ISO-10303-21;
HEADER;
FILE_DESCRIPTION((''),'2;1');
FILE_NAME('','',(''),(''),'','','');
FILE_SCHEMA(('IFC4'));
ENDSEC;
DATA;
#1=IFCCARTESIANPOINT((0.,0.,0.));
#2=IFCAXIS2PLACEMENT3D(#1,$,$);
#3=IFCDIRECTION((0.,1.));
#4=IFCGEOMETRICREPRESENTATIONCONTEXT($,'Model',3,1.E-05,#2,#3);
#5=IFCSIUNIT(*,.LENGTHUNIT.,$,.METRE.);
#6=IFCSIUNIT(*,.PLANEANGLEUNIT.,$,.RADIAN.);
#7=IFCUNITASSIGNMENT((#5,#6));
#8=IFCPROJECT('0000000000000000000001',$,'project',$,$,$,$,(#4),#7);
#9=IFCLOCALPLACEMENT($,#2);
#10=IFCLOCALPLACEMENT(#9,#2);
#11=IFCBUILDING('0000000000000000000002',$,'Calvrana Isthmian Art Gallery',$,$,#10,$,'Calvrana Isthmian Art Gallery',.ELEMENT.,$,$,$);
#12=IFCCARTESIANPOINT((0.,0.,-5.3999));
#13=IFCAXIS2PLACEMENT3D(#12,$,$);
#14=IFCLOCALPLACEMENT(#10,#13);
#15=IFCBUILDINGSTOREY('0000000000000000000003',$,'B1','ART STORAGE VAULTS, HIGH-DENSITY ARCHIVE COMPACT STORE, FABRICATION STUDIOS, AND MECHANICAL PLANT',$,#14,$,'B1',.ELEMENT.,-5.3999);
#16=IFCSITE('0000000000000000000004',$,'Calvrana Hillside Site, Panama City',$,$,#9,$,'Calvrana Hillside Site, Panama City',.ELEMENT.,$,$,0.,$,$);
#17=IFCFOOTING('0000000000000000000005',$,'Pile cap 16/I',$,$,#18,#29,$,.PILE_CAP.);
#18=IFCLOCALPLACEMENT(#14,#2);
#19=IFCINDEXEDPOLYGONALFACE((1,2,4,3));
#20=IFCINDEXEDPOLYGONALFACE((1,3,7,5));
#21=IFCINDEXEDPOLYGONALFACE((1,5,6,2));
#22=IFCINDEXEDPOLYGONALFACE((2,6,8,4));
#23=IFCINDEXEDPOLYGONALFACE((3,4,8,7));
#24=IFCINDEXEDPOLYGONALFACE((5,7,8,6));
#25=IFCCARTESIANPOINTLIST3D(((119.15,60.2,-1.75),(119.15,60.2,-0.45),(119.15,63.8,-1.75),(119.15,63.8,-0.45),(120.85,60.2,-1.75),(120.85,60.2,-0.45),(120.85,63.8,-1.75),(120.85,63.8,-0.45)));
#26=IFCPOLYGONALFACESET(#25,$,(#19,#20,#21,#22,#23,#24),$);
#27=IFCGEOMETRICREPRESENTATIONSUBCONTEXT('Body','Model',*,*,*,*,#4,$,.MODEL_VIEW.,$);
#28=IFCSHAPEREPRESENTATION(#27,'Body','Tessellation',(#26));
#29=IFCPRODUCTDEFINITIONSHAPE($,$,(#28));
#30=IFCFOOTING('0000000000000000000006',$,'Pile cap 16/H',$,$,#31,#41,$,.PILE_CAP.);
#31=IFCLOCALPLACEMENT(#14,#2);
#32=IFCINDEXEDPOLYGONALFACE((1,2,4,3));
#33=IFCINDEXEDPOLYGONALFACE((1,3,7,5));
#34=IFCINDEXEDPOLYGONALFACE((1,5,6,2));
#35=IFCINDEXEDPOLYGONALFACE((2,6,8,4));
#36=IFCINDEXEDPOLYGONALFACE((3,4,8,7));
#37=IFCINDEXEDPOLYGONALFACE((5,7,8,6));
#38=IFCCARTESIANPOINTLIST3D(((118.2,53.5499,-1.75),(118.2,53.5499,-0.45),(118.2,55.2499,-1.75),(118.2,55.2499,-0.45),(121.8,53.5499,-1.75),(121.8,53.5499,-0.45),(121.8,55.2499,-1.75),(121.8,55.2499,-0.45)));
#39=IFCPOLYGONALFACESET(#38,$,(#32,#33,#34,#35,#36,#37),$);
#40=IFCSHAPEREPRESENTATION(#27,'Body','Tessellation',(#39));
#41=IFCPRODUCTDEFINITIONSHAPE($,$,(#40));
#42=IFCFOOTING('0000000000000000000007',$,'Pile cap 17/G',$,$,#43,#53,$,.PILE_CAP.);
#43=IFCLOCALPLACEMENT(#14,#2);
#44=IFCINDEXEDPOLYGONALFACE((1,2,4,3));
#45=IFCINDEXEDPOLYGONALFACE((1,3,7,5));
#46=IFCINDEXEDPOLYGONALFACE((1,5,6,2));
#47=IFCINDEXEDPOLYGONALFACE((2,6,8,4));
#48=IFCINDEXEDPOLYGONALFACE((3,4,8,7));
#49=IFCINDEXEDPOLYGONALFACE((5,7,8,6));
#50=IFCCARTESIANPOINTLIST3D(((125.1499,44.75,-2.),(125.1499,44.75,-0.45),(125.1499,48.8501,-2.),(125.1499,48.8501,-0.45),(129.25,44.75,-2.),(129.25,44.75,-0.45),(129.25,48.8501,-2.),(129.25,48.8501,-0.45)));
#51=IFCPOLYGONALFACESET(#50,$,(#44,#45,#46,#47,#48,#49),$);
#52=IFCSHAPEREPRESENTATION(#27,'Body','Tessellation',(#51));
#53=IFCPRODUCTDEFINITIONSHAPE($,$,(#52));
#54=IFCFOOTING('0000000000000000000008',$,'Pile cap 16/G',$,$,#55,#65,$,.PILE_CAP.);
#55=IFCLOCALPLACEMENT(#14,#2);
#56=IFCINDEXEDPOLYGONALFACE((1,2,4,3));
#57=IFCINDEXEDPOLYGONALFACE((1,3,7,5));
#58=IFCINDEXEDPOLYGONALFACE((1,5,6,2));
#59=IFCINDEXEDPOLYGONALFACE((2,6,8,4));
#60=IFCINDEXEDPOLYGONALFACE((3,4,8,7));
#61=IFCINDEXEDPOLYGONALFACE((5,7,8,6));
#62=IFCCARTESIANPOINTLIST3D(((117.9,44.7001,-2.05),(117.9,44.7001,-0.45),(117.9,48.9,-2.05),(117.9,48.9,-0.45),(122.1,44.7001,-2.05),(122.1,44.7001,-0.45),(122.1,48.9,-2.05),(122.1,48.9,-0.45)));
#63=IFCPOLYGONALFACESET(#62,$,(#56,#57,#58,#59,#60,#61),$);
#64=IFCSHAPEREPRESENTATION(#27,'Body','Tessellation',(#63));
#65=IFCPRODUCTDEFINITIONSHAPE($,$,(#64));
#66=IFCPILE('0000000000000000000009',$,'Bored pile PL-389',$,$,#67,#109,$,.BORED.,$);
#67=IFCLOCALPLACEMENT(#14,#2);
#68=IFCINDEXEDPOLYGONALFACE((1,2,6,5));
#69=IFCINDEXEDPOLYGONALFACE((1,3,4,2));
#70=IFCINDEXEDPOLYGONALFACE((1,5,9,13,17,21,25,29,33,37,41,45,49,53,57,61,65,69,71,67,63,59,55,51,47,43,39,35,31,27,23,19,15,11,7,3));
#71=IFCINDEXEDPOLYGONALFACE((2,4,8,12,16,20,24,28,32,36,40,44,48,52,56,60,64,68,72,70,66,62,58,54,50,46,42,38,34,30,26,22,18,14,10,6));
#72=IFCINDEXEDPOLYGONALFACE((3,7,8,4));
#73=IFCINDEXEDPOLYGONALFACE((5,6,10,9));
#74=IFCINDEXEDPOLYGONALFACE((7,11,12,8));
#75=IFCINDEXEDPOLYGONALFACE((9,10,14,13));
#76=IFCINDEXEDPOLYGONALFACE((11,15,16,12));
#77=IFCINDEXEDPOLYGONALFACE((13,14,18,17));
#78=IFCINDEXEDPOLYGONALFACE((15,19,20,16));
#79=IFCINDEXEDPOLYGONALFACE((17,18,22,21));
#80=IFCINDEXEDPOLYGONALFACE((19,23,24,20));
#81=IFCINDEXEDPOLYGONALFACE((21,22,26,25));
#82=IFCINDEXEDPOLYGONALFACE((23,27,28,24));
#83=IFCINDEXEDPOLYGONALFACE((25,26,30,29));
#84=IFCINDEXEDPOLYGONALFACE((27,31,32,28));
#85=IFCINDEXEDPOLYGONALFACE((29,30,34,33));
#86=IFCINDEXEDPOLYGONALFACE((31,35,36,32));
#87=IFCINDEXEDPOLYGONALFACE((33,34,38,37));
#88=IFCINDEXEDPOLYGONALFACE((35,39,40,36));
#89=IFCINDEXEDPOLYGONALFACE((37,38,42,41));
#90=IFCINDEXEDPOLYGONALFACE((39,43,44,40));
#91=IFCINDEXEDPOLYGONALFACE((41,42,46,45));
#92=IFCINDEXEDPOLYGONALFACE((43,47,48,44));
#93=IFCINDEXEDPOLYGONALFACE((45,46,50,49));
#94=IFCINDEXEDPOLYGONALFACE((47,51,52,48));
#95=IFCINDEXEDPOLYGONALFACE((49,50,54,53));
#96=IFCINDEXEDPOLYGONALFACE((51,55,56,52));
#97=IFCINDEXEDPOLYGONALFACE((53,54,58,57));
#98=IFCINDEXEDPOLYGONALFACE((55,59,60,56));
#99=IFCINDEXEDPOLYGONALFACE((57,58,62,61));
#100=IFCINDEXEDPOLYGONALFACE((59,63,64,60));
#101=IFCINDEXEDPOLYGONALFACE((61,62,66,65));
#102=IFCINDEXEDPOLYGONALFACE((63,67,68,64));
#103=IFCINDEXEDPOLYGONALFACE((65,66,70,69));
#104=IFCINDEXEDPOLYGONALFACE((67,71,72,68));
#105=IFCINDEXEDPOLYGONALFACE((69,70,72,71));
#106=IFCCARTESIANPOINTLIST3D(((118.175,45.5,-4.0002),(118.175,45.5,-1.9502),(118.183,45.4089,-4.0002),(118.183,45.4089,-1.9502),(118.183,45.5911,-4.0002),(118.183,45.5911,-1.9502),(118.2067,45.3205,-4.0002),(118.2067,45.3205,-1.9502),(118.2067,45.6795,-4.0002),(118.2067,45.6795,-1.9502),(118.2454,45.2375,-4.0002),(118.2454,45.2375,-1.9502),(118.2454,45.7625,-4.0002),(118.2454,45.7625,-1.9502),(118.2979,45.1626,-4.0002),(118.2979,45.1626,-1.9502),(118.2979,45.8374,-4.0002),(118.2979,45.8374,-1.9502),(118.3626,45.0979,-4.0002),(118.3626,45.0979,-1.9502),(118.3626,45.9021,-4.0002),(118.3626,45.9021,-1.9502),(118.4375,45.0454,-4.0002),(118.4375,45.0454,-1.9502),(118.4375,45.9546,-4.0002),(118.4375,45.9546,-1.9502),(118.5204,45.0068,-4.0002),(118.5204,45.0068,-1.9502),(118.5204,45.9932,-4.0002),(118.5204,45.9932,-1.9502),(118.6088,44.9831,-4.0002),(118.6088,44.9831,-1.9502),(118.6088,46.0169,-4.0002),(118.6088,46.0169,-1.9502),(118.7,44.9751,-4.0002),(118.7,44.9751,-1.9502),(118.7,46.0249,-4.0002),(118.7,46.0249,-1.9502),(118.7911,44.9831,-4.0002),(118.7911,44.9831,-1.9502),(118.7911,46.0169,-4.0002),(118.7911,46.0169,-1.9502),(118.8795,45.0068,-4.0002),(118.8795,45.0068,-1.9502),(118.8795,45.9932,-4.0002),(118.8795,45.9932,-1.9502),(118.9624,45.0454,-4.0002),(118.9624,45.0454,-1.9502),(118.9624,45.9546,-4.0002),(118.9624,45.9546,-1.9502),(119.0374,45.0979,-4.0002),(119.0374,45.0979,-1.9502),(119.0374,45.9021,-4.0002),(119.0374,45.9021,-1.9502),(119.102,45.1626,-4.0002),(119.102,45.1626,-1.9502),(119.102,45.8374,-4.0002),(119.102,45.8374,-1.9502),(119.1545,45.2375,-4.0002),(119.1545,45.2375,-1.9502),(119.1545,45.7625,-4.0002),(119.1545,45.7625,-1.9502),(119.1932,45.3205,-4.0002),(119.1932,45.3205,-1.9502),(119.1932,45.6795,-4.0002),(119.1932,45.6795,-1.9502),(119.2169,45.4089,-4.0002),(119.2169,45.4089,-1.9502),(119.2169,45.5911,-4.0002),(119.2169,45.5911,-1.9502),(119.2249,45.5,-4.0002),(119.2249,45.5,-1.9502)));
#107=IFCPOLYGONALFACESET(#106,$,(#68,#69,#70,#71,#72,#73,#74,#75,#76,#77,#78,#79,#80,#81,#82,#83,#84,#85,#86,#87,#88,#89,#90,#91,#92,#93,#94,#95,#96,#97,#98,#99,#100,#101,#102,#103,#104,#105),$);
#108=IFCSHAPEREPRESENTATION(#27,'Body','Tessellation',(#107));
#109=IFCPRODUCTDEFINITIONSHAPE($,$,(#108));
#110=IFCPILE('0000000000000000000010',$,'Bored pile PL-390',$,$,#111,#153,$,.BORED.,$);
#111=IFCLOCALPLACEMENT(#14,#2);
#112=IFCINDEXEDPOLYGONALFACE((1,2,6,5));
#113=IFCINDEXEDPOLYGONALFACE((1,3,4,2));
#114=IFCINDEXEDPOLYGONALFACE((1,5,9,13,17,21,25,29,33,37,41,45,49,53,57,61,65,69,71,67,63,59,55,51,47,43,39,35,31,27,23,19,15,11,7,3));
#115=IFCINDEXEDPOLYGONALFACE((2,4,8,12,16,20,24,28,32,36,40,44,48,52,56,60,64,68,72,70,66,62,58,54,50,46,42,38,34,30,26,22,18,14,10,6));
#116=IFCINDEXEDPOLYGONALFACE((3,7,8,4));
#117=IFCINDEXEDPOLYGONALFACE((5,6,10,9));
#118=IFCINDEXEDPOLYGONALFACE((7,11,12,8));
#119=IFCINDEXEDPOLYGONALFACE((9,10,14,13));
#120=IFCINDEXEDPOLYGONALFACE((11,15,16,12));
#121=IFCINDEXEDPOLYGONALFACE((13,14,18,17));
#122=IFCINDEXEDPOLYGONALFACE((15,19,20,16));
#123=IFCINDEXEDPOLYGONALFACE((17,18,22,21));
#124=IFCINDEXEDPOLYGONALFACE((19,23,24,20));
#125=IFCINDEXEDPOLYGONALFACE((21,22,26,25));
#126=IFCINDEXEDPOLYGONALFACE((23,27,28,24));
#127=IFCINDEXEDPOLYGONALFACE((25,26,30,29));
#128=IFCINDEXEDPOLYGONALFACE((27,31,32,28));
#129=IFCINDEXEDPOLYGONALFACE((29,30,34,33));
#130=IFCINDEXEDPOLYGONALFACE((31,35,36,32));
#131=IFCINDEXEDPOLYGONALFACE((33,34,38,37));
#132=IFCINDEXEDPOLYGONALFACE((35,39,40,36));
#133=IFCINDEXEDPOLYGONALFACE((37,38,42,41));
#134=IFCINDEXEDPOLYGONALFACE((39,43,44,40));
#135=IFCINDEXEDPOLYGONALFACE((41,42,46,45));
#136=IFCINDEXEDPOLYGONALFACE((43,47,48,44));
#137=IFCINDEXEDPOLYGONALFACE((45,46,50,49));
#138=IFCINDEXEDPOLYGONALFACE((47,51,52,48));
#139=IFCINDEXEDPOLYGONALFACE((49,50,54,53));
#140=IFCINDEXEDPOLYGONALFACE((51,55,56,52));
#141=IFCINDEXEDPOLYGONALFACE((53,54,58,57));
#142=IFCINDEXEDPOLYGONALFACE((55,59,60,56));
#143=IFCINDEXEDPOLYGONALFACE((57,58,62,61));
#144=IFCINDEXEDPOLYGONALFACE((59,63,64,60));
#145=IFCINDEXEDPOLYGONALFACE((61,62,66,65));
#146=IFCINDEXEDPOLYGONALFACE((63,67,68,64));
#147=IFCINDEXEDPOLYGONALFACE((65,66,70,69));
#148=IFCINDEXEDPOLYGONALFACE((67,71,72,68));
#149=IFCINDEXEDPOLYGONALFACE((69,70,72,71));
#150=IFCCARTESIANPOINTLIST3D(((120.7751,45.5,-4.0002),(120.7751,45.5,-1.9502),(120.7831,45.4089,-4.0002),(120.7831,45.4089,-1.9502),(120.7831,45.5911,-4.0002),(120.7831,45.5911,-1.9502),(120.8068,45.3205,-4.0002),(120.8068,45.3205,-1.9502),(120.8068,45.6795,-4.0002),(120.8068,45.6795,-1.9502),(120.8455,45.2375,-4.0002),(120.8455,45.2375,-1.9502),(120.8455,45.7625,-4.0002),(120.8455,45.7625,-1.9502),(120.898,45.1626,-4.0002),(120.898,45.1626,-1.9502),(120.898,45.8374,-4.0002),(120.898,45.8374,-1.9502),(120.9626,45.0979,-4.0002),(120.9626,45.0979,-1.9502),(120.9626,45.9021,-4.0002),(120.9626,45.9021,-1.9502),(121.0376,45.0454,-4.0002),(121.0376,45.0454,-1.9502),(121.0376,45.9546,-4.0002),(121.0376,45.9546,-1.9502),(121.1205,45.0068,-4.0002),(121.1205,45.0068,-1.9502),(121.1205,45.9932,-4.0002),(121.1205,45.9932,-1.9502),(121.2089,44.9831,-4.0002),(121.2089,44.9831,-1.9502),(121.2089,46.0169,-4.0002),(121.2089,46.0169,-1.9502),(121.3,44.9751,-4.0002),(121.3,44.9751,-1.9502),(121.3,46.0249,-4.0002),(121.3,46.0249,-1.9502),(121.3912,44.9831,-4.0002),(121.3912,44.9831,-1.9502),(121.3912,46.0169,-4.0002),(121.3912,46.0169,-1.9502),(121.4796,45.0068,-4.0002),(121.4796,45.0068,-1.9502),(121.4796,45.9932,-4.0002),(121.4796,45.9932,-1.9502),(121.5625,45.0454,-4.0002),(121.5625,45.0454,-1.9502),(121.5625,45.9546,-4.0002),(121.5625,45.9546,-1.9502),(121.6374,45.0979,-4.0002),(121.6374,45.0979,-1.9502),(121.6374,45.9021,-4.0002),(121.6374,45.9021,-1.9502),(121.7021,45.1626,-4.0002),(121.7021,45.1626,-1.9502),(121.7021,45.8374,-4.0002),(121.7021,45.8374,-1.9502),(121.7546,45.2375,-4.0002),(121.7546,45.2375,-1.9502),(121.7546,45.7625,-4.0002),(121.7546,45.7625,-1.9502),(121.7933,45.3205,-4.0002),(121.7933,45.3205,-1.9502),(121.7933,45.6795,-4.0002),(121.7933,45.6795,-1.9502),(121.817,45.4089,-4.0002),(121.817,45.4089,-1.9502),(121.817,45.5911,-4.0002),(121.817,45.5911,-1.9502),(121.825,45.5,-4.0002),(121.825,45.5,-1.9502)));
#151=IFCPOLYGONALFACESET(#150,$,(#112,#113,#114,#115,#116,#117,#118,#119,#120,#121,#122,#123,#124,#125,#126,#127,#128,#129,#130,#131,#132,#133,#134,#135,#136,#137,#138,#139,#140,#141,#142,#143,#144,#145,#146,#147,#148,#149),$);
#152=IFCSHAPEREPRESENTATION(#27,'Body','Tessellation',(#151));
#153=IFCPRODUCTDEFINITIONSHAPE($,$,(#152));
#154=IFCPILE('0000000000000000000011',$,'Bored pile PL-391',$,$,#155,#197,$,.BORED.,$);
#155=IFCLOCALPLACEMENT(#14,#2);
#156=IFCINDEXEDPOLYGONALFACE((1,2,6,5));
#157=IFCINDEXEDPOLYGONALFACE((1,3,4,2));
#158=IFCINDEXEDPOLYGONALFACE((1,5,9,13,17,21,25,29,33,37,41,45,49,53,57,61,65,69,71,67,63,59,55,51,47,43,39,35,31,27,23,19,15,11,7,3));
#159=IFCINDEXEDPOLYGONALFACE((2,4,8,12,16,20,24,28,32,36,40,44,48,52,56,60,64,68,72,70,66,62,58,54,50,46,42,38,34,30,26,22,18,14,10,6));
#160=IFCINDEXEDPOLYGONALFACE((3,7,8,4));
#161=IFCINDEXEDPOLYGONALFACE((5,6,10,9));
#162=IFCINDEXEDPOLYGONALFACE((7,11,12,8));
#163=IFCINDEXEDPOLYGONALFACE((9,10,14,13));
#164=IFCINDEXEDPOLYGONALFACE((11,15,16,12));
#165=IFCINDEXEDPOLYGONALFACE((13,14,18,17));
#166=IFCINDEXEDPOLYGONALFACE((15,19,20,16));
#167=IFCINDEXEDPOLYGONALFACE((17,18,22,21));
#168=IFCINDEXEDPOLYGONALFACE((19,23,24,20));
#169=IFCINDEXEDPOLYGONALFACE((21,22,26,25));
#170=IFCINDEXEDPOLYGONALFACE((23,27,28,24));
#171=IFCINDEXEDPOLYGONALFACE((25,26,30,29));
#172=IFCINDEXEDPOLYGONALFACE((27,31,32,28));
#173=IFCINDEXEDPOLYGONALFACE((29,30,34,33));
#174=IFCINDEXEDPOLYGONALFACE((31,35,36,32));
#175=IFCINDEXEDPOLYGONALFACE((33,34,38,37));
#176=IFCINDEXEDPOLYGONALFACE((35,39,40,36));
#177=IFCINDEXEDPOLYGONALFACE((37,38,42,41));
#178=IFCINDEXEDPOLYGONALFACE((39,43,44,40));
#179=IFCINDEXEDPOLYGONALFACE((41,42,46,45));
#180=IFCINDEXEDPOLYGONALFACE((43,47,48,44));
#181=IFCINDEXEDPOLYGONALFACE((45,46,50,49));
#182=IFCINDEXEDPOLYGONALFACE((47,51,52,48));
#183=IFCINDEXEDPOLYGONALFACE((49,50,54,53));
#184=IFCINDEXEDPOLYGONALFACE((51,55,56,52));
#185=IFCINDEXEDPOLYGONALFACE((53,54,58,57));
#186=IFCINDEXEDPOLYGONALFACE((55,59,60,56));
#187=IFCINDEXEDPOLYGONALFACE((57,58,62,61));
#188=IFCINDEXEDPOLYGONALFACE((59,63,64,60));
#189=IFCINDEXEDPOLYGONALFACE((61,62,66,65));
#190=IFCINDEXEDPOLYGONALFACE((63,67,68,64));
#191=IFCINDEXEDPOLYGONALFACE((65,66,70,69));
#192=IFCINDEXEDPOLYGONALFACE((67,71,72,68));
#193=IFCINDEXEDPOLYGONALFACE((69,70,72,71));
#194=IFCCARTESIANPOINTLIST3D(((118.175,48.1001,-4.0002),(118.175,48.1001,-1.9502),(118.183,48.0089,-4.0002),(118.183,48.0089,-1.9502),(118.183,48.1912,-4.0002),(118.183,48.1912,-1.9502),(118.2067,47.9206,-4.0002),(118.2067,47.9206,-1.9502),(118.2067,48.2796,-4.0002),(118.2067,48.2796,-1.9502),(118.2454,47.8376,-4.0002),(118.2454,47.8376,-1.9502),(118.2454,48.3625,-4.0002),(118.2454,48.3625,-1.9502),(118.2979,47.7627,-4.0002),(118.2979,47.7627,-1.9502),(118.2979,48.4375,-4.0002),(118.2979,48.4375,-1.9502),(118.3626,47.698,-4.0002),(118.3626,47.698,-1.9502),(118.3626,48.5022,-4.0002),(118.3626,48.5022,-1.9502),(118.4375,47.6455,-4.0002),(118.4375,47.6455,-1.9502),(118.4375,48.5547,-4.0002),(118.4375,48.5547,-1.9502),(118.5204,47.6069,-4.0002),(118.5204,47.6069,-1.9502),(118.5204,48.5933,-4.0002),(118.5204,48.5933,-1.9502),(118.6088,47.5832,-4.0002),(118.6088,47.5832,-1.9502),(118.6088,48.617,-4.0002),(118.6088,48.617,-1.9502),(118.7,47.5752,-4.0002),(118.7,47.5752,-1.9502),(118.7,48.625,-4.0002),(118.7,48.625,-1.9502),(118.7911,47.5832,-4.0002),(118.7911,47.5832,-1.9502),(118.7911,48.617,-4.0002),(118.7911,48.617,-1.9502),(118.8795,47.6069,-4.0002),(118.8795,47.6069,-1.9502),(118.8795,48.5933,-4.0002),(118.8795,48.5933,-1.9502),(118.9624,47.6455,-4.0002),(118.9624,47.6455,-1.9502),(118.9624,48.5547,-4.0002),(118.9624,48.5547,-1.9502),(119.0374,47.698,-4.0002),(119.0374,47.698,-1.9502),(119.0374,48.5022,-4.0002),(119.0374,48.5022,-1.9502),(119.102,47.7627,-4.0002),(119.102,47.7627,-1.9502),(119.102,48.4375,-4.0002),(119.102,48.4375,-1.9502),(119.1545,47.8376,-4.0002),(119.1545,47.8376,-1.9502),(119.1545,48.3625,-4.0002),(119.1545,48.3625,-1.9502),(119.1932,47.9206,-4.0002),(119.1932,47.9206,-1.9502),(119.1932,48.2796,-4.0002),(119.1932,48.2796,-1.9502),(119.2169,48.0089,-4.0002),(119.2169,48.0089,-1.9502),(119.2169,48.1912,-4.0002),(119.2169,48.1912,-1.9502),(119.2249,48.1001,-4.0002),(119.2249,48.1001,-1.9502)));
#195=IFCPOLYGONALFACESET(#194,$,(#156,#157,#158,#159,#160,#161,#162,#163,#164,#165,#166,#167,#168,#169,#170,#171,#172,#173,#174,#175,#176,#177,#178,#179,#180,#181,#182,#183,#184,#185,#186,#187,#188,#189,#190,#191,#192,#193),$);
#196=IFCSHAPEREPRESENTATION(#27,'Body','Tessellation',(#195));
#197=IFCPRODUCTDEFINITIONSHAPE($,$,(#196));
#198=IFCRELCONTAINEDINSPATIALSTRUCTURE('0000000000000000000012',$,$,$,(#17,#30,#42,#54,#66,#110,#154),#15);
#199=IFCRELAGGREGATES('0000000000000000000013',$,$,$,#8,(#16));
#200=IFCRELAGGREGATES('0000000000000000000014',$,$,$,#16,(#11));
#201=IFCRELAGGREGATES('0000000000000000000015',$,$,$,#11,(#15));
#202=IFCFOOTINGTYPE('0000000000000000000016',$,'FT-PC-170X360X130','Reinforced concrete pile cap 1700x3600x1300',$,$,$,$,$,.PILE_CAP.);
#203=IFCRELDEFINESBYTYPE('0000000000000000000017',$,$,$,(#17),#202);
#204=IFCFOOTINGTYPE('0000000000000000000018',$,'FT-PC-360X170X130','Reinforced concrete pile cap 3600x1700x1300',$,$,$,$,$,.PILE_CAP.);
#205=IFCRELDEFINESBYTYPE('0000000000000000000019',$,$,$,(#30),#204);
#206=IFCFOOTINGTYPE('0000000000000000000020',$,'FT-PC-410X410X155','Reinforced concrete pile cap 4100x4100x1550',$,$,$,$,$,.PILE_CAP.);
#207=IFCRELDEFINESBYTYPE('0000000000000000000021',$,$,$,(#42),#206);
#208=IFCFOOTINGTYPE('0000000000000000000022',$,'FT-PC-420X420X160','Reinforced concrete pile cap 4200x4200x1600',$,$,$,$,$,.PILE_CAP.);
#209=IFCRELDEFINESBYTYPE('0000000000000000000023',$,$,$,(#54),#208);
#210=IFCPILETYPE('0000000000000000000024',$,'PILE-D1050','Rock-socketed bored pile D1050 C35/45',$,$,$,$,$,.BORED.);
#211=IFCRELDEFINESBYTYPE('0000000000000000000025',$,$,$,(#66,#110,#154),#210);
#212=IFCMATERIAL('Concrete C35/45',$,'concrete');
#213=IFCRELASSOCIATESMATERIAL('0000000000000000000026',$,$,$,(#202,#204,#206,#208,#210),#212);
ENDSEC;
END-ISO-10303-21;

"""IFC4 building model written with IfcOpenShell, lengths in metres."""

from ifc_helpers import new_model, si_unit, direction, frame, origin, origin_2d, place, context, subcontext, project, spatial, rectangle, circle, extrude, material, material_profile, profile_set, type_object, element, save


model = new_model("IFC4")

# Units and contexts
model_context = context("Model", 3, precision=1e-05, world=origin(), true_north=direction((0.0, 1.0)))
body_context = subcontext(model_context, "Body", "Model", "MODEL_VIEW")
ifc_project = project(units=[si_unit("LENGTHUNIT", "METRE"), si_unit("PLANEANGLEUNIT", "RADIAN")], contexts=[model_context])

# Site, building, storey
site_placement = place(None, origin())
site = spatial("IfcSite", under=ifc_project, at=site_placement, Name="Calvrana Hillside Site, Panama City", LongName="Calvrana Hillside Site, Panama City", CompositionType="ELEMENT", RefElevation=0.0)
building_placement = place(site_placement, origin())
building = spatial("IfcBuilding", under=site, at=building_placement, Name="Calvrana Isthmian Art Gallery", LongName="Calvrana Isthmian Art Gallery", CompositionType="ELEMENT")
storey_placement = place(building_placement, frame((0.0, 0.0, -5.3999)))
storey = spatial("IfcBuildingStorey", under=building, at=storey_placement, Name="B1", Description="ART STORAGE VAULTS, HIGH-DENSITY ARCHIVE COMPACT STORE, FABRICATION STUDIOS, AND MECHANICAL PLANT", LongName="B1", CompositionType="ELEMENT", Elevation=-5.3999)

# Footings
ifc_material_1 = material(Name="Concrete C35/45", Category="concrete")
footing_type_1 = type_object("IfcFootingType", Name="FT-PC-170X360X130", Description="Reinforced concrete pile cap 1700x3600x1300", PredefinedType="PILE_CAP", material=ifc_material_1)
footing_1_placement = place(storey_placement, frame((120.0, 62.0, -1.75), z_axis=(0.0, 0.0, 1.0), x_axis=(1.0, 0.0, 0.0)))
element("IfcFooting", 1, at=footing_1_placement, inside=storey, type_object=footing_type_1, Name="Pile cap 16/I", PredefinedType="PILE_CAP", context=body_context, shape_type="SweptSolid", body=[
    extrude(rectangle(XDim=1.7, YDim=3.6001, at=origin_2d()), origin(), (0.0, 0.0, 1.0), 1.3),
])
footing_type_2 = type_object("IfcFootingType", Name="FT-PC-360X170X130", Description="Reinforced concrete pile cap 3600x1700x1300", PredefinedType="PILE_CAP", material=ifc_material_1)
footing_2_placement = place(storey_placement, frame((120.0, 54.3999, -1.75), z_axis=(0.0, 0.0, 1.0), x_axis=(1.0, 0.0, 0.0)))
element("IfcFooting", 2, at=footing_2_placement, inside=storey, type_object=footing_type_2, Name="Pile cap 16/H", PredefinedType="PILE_CAP", context=body_context, shape_type="SweptSolid", body=[
    extrude(rectangle(XDim=3.6001, YDim=1.7, at=origin_2d()), origin(), (0.0, 0.0, 1.0), 1.3),
])
footing_type_3 = type_object("IfcFootingType", Name="FT-PC-410X410X155", Description="Reinforced concrete pile cap 4100x4100x1550", PredefinedType="PILE_CAP", material=ifc_material_1)
footing_3_placement = place(storey_placement, frame((127.2, 46.8, -2.0), z_axis=(0.0, 0.0, 1.0), x_axis=(1.0, 0.0, 0.0)))
element("IfcFooting", 3, at=footing_3_placement, inside=storey, type_object=footing_type_3, Name="Pile cap 17/G", PredefinedType="PILE_CAP", context=body_context, shape_type="SweptSolid", body=[
    extrude(rectangle(XDim=4.1001, YDim=4.1001, at=origin_2d()), origin(), (0.0, 0.0, 1.0), 1.55),
])
footing_type_4 = type_object("IfcFootingType", Name="FT-PC-420X420X160", Description="Reinforced concrete pile cap 4200x4200x1600", PredefinedType="PILE_CAP", material=ifc_material_1)
footing_4_placement = place(storey_placement, frame((120.0, 46.8, -2.05), z_axis=(0.0, 0.0, 1.0), x_axis=(1.0, 0.0, 0.0)))
element("IfcFooting", 4, at=footing_4_placement, inside=storey, type_object=footing_type_4, Name="Pile cap 16/G", PredefinedType="PILE_CAP", context=body_context, shape_type="SweptSolid", body=[
    extrude(rectangle(XDim=4.2, YDim=4.2, at=origin_2d()), origin(), (0.0, 0.0, 1.0), 1.6001),
])

# Piles
ifc_material_profile_1 = material_profile(ifc_material_1, circle(Radius=0.5249, at=origin_2d()), Name="PILE1050D")
ifc_profile_set_1 = profile_set([ifc_material_profile_1], Name="Concrete C35/45")
pile_type_1 = type_object("IfcPileType", Name="PILE-D1050", Description="Rock-socketed bored pile D1050 C35/45", PredefinedType="BORED", material=ifc_profile_set_1)
for number, where, z_axis, x_axis, name in (
    (5, (118.7, 45.5, -1.9502), (0.0, 0.0, -1.0), (1.0, 0.0, 0.0), "Bored pile PL-389"),
    (6, (121.3, 45.5, -1.9502), (0.0, 0.0, -1.0), (1.0, 0.0, 0.0), "Bored pile PL-390"),
    (7, (118.7, 48.1001, -1.9502), (0.0, 0.0, -1.0), (1.0, 0.0, 0.0), "Bored pile PL-391"),
):
    element("IfcPile", number, at=place(storey_placement, frame(where, z_axis=z_axis, x_axis=x_axis)), inside=storey, type_object=pile_type_1, Name=name, PredefinedType="BORED", context=body_context, shape_type="SweptSolid", body=[
        extrude(circle(Radius=0.5249, at=origin_2d()), origin(), (0.0, 0.0, 1.0), 2.05),
    ])

save(model, "model.ifc")
